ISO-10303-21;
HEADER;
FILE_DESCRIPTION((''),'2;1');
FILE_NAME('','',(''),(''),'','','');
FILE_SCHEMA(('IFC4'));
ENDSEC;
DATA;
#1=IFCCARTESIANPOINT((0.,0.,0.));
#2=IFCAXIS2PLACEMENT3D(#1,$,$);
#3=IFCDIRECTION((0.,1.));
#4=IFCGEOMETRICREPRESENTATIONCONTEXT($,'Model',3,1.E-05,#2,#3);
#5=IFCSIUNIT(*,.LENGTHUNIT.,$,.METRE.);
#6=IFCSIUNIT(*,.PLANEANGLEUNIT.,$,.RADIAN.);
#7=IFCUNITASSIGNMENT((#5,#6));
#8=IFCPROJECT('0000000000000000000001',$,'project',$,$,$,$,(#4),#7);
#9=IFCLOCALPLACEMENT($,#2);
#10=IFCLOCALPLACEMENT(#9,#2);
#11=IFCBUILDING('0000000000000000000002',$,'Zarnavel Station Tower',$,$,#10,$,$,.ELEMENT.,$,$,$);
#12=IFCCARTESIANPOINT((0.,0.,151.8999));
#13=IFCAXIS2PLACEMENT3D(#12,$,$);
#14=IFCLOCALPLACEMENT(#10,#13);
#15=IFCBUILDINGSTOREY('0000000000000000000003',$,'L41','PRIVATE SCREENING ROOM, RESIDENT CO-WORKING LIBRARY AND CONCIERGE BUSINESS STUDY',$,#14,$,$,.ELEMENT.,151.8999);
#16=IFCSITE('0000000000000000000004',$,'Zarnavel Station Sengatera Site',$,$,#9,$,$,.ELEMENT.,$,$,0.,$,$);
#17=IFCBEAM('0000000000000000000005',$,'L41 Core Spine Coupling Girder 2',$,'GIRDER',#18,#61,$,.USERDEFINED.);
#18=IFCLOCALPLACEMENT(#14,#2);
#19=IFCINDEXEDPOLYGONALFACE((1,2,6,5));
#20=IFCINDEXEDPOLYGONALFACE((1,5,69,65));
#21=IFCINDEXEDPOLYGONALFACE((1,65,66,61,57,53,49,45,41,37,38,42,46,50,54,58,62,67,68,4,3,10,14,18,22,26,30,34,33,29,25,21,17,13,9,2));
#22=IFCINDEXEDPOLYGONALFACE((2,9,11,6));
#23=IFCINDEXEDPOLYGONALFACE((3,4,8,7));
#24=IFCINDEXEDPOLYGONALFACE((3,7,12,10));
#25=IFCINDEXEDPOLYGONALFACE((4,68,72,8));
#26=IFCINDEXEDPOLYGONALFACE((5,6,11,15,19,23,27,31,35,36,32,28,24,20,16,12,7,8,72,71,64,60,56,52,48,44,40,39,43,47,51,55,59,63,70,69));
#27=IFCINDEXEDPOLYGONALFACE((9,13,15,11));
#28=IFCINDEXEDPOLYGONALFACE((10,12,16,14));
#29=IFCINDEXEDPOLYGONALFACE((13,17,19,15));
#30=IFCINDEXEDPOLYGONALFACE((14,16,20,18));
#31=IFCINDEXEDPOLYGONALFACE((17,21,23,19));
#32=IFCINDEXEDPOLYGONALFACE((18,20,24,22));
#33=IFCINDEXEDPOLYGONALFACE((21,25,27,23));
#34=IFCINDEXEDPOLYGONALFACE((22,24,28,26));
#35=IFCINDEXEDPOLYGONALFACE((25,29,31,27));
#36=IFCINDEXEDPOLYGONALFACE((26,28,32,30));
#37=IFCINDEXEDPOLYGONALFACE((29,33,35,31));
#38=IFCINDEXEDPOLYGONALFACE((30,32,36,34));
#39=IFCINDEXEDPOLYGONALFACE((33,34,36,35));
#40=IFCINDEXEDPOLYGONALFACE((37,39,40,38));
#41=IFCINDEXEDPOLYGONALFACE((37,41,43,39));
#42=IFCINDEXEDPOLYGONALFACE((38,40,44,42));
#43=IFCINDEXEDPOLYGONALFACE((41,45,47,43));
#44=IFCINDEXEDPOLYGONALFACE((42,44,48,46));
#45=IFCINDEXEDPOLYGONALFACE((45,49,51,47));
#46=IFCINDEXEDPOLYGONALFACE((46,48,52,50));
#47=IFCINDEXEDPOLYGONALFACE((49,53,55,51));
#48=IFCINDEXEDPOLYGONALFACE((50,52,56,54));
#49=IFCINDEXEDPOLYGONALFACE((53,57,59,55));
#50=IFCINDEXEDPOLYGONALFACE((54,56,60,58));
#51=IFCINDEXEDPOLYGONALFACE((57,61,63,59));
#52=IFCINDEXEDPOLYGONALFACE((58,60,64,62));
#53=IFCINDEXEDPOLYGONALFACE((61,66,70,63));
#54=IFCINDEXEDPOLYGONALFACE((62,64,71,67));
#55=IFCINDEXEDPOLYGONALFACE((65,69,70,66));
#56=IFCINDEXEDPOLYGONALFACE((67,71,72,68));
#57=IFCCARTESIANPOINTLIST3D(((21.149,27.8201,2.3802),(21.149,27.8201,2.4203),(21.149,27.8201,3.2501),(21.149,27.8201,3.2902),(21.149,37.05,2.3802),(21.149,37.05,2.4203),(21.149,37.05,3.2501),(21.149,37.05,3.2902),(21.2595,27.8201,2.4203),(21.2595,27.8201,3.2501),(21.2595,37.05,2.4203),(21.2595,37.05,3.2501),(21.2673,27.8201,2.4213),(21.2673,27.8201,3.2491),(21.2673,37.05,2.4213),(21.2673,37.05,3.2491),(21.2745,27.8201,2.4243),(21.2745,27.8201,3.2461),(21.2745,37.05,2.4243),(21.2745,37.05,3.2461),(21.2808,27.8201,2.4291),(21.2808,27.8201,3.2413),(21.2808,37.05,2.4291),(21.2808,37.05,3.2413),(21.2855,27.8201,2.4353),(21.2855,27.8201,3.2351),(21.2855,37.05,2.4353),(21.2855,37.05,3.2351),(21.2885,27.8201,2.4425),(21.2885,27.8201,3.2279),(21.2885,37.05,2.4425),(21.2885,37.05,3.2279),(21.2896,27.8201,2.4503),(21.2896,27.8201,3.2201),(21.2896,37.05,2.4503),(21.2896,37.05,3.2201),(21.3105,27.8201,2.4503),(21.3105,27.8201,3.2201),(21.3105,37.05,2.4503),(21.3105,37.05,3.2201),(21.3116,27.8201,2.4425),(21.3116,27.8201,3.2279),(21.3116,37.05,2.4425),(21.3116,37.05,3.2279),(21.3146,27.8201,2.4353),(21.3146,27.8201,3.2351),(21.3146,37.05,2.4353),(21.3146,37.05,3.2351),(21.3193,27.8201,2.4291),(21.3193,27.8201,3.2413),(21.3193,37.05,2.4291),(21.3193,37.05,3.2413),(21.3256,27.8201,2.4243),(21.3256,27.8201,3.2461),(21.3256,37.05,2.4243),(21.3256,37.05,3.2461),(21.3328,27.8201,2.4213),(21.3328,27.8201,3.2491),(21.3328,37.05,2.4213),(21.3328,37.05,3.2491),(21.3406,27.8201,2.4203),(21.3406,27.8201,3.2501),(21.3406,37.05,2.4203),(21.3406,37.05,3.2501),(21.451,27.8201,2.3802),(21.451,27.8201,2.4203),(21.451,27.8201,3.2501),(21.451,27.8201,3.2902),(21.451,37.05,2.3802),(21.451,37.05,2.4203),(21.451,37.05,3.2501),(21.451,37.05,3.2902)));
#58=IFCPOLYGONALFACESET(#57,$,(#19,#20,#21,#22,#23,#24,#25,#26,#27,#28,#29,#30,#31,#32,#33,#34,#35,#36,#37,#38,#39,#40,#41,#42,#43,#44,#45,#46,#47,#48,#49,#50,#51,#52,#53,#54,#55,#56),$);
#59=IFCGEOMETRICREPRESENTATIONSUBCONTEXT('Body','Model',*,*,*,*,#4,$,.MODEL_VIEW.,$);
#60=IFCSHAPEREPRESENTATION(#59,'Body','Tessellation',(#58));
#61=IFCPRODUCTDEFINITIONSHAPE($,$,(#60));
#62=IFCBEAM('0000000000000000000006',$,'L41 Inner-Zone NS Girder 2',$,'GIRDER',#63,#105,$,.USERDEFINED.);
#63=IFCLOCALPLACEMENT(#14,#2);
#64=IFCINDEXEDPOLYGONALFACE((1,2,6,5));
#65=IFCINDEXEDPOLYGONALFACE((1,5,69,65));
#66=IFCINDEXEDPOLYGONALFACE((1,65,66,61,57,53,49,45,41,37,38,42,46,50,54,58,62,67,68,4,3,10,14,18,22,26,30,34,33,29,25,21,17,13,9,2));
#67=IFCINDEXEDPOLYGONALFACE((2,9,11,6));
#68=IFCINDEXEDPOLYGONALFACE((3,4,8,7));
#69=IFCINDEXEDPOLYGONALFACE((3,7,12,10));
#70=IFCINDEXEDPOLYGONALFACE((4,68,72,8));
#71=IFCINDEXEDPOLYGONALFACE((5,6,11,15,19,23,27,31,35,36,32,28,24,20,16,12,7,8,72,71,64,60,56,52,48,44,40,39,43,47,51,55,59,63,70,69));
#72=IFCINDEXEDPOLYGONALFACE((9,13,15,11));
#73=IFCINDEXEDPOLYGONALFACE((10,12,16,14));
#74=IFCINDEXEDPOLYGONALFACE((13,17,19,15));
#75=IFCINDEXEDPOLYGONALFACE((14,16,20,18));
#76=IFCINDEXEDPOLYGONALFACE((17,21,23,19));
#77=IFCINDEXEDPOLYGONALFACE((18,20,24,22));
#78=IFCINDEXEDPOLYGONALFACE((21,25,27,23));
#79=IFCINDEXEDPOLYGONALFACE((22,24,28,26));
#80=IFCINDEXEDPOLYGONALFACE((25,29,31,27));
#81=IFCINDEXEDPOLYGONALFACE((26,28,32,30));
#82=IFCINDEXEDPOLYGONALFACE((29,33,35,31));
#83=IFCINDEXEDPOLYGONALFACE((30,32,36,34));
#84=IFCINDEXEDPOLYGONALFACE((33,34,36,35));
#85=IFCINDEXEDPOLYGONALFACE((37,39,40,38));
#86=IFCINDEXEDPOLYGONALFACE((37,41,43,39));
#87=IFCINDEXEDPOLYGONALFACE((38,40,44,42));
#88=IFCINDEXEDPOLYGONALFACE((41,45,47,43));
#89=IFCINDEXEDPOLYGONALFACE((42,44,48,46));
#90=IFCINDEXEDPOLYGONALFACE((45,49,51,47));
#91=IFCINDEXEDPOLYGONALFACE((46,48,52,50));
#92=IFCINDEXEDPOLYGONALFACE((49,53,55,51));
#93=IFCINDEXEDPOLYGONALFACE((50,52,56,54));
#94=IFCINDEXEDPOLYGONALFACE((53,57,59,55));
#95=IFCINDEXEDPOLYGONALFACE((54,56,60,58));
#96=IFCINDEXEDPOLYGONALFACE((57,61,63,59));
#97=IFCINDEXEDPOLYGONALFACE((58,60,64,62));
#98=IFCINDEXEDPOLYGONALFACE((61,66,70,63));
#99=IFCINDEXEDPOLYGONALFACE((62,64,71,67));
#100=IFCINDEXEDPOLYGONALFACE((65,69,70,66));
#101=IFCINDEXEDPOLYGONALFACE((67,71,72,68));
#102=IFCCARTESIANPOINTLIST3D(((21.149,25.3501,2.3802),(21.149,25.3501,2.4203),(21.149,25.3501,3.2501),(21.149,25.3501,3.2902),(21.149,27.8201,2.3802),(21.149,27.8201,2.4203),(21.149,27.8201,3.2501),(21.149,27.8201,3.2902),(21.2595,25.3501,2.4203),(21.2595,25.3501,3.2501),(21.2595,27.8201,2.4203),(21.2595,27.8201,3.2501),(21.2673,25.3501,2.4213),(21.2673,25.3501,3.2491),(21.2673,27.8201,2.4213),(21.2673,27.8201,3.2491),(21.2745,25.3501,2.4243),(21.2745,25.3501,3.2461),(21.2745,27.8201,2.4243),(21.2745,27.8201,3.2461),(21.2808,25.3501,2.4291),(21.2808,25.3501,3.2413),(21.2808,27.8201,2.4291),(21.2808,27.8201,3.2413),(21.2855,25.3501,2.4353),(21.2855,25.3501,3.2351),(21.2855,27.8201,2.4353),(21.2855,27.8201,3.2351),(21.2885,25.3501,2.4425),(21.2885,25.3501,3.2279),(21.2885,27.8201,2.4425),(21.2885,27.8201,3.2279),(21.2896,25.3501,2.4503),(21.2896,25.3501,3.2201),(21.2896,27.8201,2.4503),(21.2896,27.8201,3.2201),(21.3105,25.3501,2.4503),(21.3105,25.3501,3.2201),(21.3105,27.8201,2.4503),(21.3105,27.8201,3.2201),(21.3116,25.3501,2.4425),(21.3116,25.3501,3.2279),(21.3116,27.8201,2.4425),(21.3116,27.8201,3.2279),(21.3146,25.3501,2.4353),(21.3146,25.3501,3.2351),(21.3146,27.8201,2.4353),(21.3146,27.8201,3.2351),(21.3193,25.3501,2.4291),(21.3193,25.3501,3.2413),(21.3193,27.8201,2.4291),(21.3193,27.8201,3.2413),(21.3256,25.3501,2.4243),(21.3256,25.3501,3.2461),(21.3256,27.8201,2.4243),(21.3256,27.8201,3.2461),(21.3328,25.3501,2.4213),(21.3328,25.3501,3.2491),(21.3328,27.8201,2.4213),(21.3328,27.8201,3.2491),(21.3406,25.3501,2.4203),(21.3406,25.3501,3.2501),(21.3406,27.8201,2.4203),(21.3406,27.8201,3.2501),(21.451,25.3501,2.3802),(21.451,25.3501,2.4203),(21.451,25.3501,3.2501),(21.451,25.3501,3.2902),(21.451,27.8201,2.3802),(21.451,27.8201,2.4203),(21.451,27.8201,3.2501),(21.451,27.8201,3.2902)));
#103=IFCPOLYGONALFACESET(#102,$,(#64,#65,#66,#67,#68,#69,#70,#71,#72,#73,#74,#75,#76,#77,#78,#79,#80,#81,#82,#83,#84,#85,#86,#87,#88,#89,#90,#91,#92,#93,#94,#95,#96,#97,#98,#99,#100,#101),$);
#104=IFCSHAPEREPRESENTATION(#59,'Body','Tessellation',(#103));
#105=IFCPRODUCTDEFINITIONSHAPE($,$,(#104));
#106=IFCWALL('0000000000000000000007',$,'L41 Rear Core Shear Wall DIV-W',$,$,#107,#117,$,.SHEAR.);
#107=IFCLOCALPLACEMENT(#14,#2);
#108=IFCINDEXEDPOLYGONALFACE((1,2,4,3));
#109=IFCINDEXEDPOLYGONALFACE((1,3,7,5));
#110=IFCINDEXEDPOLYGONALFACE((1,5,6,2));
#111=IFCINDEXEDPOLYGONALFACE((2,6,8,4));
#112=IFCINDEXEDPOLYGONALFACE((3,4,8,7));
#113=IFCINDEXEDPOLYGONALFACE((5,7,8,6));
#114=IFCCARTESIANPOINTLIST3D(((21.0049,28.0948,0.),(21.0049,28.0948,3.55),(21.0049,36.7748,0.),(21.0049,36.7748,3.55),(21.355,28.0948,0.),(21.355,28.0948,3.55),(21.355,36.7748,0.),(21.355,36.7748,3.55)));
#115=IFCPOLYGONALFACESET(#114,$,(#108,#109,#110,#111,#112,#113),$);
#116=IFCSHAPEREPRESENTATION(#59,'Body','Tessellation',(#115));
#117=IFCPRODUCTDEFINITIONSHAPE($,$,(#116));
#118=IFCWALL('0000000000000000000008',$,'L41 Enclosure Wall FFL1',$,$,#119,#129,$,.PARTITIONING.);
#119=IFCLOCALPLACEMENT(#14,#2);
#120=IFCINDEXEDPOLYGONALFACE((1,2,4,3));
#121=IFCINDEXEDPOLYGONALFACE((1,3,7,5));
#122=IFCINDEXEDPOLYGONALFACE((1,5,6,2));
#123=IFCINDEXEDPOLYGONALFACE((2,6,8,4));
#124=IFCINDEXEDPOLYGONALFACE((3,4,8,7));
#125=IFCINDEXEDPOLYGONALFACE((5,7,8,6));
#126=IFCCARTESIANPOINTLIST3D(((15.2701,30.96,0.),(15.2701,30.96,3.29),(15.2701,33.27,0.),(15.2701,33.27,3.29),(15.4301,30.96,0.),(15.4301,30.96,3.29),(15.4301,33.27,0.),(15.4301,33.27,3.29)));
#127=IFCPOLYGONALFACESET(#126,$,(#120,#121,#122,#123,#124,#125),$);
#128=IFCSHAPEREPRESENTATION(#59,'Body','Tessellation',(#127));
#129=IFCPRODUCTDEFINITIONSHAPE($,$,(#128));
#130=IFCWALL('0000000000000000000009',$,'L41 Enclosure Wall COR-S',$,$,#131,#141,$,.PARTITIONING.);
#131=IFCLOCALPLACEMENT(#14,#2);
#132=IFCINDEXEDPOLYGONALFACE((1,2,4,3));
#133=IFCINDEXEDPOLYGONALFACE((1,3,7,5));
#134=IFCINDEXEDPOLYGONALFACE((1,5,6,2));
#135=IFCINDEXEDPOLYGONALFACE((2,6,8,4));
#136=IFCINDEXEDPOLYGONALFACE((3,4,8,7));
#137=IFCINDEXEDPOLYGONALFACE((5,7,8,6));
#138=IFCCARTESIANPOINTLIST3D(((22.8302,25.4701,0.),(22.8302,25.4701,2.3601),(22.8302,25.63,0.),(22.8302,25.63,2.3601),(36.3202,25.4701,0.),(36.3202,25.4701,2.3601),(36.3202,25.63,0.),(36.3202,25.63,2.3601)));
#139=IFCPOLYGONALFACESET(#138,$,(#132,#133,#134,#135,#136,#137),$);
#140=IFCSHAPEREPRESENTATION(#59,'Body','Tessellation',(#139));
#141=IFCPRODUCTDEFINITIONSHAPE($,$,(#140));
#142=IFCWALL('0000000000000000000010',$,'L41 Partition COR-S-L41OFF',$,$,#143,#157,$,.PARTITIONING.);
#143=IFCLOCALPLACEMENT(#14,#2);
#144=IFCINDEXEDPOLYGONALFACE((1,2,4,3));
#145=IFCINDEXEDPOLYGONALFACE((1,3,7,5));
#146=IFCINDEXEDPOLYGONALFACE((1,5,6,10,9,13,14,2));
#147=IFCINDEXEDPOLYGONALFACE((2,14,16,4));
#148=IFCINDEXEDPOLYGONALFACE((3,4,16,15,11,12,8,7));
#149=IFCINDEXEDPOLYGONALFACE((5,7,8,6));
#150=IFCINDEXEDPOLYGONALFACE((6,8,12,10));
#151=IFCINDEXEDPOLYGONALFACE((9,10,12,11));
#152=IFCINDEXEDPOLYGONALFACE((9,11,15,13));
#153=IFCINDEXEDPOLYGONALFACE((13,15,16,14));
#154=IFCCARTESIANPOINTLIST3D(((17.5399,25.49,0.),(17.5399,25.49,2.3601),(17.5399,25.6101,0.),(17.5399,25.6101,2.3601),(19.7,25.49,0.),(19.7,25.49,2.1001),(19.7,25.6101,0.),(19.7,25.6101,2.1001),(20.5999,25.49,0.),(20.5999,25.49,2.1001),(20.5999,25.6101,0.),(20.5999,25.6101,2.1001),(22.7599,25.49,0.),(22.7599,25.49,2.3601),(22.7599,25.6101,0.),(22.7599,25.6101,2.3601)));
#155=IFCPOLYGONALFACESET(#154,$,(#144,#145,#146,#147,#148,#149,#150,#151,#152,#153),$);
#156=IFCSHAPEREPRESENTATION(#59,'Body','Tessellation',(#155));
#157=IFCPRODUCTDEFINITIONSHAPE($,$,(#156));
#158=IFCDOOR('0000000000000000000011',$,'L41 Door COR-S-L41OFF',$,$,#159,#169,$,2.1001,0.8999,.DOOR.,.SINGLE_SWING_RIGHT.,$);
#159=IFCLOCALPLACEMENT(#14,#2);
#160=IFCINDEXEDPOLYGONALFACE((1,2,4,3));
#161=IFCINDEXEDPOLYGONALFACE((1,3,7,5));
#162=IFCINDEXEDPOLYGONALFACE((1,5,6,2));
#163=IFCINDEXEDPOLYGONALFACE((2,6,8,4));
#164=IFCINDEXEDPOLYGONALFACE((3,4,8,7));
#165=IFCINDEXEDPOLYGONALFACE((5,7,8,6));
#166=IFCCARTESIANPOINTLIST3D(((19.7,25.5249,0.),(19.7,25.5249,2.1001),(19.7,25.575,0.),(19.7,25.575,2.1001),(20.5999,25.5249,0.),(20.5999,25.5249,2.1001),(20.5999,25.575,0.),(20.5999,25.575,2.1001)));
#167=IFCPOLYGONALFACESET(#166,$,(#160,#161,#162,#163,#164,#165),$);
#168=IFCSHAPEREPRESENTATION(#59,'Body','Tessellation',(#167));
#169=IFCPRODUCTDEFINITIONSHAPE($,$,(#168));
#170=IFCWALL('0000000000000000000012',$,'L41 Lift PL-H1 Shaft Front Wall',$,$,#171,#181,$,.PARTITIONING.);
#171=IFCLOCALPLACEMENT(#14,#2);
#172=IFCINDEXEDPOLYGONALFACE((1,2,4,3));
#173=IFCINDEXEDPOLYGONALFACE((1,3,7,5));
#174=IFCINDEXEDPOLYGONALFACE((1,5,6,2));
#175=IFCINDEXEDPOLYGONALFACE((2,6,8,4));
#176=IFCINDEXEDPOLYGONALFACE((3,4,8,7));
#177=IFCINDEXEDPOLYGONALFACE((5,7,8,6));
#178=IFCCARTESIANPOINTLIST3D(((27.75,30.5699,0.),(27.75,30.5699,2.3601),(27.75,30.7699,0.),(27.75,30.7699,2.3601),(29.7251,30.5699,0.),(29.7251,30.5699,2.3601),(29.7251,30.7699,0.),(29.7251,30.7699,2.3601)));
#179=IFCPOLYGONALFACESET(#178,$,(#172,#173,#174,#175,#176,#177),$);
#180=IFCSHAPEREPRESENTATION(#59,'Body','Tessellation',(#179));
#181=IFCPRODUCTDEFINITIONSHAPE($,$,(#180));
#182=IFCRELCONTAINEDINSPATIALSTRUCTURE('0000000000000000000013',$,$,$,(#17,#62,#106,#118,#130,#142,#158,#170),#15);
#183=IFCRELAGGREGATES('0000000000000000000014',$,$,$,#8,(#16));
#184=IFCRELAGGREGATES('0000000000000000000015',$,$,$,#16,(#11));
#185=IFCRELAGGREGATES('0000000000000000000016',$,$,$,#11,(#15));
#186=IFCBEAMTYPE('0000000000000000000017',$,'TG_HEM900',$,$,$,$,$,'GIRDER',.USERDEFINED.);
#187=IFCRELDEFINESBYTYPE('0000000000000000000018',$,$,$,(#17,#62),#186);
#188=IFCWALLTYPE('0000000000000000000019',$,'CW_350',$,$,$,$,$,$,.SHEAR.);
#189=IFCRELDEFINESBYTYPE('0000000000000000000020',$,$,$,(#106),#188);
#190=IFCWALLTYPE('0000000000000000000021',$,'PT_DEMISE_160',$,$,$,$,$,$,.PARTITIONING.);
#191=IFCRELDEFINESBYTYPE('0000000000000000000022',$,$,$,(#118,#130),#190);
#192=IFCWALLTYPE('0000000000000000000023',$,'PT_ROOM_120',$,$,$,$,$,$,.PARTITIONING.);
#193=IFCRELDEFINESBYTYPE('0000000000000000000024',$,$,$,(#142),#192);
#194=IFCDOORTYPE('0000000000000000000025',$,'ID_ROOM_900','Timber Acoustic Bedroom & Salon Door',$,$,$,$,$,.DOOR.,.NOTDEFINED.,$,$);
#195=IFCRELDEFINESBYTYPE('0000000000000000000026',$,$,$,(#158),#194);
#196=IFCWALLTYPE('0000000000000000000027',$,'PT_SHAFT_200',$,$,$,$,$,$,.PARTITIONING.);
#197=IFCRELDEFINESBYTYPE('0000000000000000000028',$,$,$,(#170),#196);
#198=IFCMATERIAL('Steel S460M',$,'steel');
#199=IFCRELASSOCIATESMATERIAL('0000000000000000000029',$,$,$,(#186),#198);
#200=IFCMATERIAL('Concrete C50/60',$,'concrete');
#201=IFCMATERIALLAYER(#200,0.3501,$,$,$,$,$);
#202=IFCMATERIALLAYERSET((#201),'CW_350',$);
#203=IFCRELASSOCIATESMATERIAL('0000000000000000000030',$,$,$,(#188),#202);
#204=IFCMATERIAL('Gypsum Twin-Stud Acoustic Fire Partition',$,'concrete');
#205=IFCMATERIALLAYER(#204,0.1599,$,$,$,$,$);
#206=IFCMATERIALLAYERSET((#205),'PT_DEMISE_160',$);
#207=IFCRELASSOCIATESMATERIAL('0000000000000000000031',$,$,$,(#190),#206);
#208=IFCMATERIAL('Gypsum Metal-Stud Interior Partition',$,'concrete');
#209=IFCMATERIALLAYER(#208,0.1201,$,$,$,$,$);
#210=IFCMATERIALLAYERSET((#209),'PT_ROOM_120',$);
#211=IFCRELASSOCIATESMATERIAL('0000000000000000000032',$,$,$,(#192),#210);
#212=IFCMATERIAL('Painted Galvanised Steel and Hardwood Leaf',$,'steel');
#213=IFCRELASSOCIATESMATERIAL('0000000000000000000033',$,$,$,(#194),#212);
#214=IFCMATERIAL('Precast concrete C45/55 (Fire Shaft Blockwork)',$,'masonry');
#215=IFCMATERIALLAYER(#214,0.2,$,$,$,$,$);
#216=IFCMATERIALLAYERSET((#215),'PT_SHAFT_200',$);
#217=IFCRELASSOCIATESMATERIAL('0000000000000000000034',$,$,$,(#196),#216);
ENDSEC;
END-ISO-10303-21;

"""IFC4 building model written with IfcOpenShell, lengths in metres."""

from ifc_helpers import new_model, si_unit, direction, frame, frame_2d, origin, origin_2d, place, context, subcontext, project, spatial, rectangle, i_section, extrude, material, layer, layer_set, material_profile, profile_set, type_object, element, fill, save


model = new_model("IFC4")

# Units and contexts
model_context = context("Model", 3, precision=1e-05, world=origin(), true_north=direction((0.0, 1.0)))
body_context = subcontext(model_context, "Body", "Model", "MODEL_VIEW")
ifc_project = project(units=[si_unit("LENGTHUNIT", "METRE"), si_unit("PLANEANGLEUNIT", "RADIAN")], contexts=[model_context])

# Site, building, storey
site_placement = place(None, origin())
site = spatial("IfcSite", under=ifc_project, at=site_placement, Name="Zarnavel Station Sengatera Site", CompositionType="ELEMENT", RefElevation=0.0)
building_placement = place(site_placement, origin())
building = spatial("IfcBuilding", under=site, at=building_placement, Name="Zarnavel Station Tower", CompositionType="ELEMENT")
storey_placement = place(building_placement, frame((0.0, 0.0, 151.8999)))
storey = spatial("IfcBuildingStorey", under=building, at=storey_placement, Name="L41", Description="PRIVATE SCREENING ROOM, RESIDENT CO-WORKING LIBRARY AND CONCIERGE BUSINESS STUDY", CompositionType="ELEMENT", Elevation=151.8999)

# Beams
ifc_material_1 = material(Name="Steel S460M", Category="steel")
ifc_material_profile_1 = material_profile(ifc_material_1, i_section(OverallWidth=0.302, OverallDepth=0.9099, WebThickness=0.021, FlangeThickness=0.04, FilletRadius=0.03, at=origin_2d()), Name="HEM900")
ifc_profile_set_1 = profile_set([ifc_material_profile_1], Name="Steel S460M")
beam_type_1 = type_object("IfcBeamType", Name="TG_HEM900", ElementType="GIRDER", PredefinedType="USERDEFINED", material=ifc_profile_set_1)
beam_1_placement = place(storey_placement, frame((21.3, 27.8201, 2.8352), z_axis=(0.0, 1.0, 0.0), x_axis=(-1.0, 0.0, 0.0)))
element("IfcBeam", 1, at=beam_1_placement, inside=storey, type_object=beam_type_1, Name="L41 Core Spine Coupling Girder 2", ObjectType="GIRDER", PredefinedType="USERDEFINED", context=body_context, shape_type="SweptSolid", body=[
    extrude(i_section(OverallWidth=0.302, OverallDepth=0.9099, WebThickness=0.021, FlangeThickness=0.04, FilletRadius=0.03, at=origin_2d()), origin(), (0.0, 0.0, 1.0), 9.23),
])
beam_2_placement = place(storey_placement, frame((21.3, 25.3501, 2.8352), z_axis=(0.0, 1.0, 0.0), x_axis=(-1.0, 0.0, 0.0)))
element("IfcBeam", 2, at=beam_2_placement, inside=storey, type_object=beam_type_1, Name="L41 Inner-Zone NS Girder 2", ObjectType="GIRDER", PredefinedType="USERDEFINED", context=body_context, shape_type="SweptSolid", body=[
    extrude(i_section(OverallWidth=0.302, OverallDepth=0.9099, WebThickness=0.021, FlangeThickness=0.04, FilletRadius=0.03, at=origin_2d()), origin(), (0.0, 0.0, 1.0), 2.47),
])

# Wall
ifc_material_2 = material(Name="Concrete C50/60", Category="concrete")
ifc_layer_1 = layer(ifc_material_2, 0.3501)
ifc_layer_set_1 = layer_set([ifc_layer_1], Name="CW_350")
wall_type_1 = type_object("IfcWallType", Name="CW_350", PredefinedType="SHEAR", material=ifc_layer_set_1)
wall_1_placement = place(storey_placement, frame((21.1799, 28.095, 0.0), z_axis=(0.0, 0.0, 1.0), x_axis=(0.0, 1.0, 0.0)))
element("IfcWall", 3, at=wall_1_placement, inside=storey, type_object=wall_type_1, Name="L41 Rear Core Shear Wall DIV-W", PredefinedType="SHEAR", context=body_context, shape_type="SweptSolid", body=[
    extrude(rectangle(XDim=8.6799, YDim=0.3501, at=frame_2d((4.3398, 0.0))), origin(), (0.0, 0.0, 1.0), 3.55),
])

# Walls
ifc_material_3 = material(Name="Gypsum Twin-Stud Acoustic Fire Partition", Category="concrete")
ifc_layer_2 = layer(ifc_material_3, 0.1599)
ifc_layer_set_2 = layer_set([ifc_layer_2], Name="PT_DEMISE_160")
wall_type_2 = type_object("IfcWallType", Name="PT_DEMISE_160", PredefinedType="PARTITIONING", material=ifc_layer_set_2)
wall_2_placement = place(storey_placement, frame((15.3501, 30.96, 0.0), z_axis=(0.0, 0.0, 1.0), x_axis=(0.0, 1.0, 0.0)))
element("IfcWall", 4, at=wall_2_placement, inside=storey, type_object=wall_type_2, Name="L41 Enclosure Wall FFL1", PredefinedType="PARTITIONING", context=body_context, shape_type="SweptSolid", body=[
    extrude(rectangle(XDim=2.3101, YDim=0.1599, at=frame_2d((1.155, 0.0))), origin(), (0.0, 0.0, 1.0), 3.29),
])
wall_3_placement = place(storey_placement, frame((22.8301, 25.55, 0.0), z_axis=(0.0, 0.0, 1.0), x_axis=(1.0, 0.0, 0.0)))
element("IfcWall", 5, at=wall_3_placement, inside=storey, type_object=wall_type_2, Name="L41 Enclosure Wall COR-S", PredefinedType="PARTITIONING", context=body_context, shape_type="SweptSolid", body=[
    extrude(rectangle(XDim=13.49, YDim=0.1599, at=frame_2d((6.7451, 0.0))), origin(), (0.0, 0.0, 1.0), 2.3601),
])

# Wall, opening, door
ifc_material_4 = material(Name="Gypsum Metal-Stud Interior Partition", Category="concrete")
ifc_layer_3 = layer(ifc_material_4, 0.1201)
ifc_layer_set_3 = layer_set([ifc_layer_3], Name="PT_ROOM_120")
wall_type_3 = type_object("IfcWallType", Name="PT_ROOM_120", PredefinedType="PARTITIONING", material=ifc_layer_set_3)
wall_4_placement = place(storey_placement, frame((17.54, 25.55, 0.0), z_axis=(0.0, 0.0, 1.0), x_axis=(1.0, 0.0, 0.0)))
wall_4 = element("IfcWall", 6, at=wall_4_placement, inside=storey, type_object=wall_type_3, Name="L41 Partition COR-S-L41OFF", PredefinedType="PARTITIONING", context=body_context, shape_type="SweptSolid", body=[
    extrude(rectangle(XDim=5.22, YDim=0.1201, at=frame_2d((2.6099, 0.0))), origin(), (0.0, 0.0, 1.0), 2.3601),
])
opening_1_placement = place(wall_4_placement, frame((2.1599, 0.0, 0.0)))
opening_1 = element("IfcOpeningElement", 7, at=opening_1_placement, cuts=wall_4, PredefinedType="OPENING", context=body_context, shape_type="SweptSolid", body=[
    extrude(rectangle(XDim=0.8999, YDim=2.1001, at=frame_2d((0.45, 1.05))), frame((0.0, 0.0701, 0.0), z_axis=(0.0, -1.0, 0.0), x_axis=(1.0, 0.0, 0.0)), (0.0, 0.0, 1.0), 0.1401),
])
ifc_material_5 = material(Name="Painted Galvanised Steel and Hardwood Leaf", Category="steel")
door_type_1 = type_object("IfcDoorType", Name="ID_ROOM_900", Description="Timber Acoustic Bedroom & Salon Door", OperationType="NOTDEFINED", PredefinedType="DOOR", material=ifc_material_5)
door_1_placement = place(opening_1_placement, origin())
door_1 = element("IfcDoor", 8, at=door_1_placement, inside=storey, type_object=door_type_1, Name="L41 Door COR-S-L41OFF", OperationType="SINGLE_SWING_RIGHT", OverallHeight=2.1001, OverallWidth=0.8999, PredefinedType="DOOR", context=body_context, shape_type="SweptSolid", body=[
    extrude(rectangle(XDim=0.8999, YDim=2.1001, at=frame_2d((0.45, 1.05))), frame((0.0, 0.0249, 0.0), z_axis=(0.0, -1.0, 0.0), x_axis=(1.0, 0.0, 0.0)), (0.0, 0.0, 1.0), 0.05),
])
fill(opening_1, door_1)

# Wall
ifc_material_6 = material(Name="Precast concrete C45/55 (Fire Shaft Blockwork)", Category="masonry")
ifc_layer_4 = layer(ifc_material_6, 0.2)
ifc_layer_set_4 = layer_set([ifc_layer_4], Name="PT_SHAFT_200")
wall_type_4 = type_object("IfcWallType", Name="PT_SHAFT_200", PredefinedType="PARTITIONING", material=ifc_layer_set_4)
wall_5_placement = place(storey_placement, frame((27.75, 30.6699, 0.0), z_axis=(0.0, 0.0, 1.0), x_axis=(1.0, 0.0, 0.0)))
element("IfcWall", 9, at=wall_5_placement, inside=storey, type_object=wall_type_4, Name="L41 Lift PL-H1 Shaft Front Wall", PredefinedType="PARTITIONING", context=body_context, shape_type="SweptSolid", body=[
    extrude(rectangle(XDim=1.9751, YDim=0.2, at=frame_2d((0.9875, 0.0))), origin(), (0.0, 0.0, 1.0), 2.3601),
])

save(model, "model.ifc")
